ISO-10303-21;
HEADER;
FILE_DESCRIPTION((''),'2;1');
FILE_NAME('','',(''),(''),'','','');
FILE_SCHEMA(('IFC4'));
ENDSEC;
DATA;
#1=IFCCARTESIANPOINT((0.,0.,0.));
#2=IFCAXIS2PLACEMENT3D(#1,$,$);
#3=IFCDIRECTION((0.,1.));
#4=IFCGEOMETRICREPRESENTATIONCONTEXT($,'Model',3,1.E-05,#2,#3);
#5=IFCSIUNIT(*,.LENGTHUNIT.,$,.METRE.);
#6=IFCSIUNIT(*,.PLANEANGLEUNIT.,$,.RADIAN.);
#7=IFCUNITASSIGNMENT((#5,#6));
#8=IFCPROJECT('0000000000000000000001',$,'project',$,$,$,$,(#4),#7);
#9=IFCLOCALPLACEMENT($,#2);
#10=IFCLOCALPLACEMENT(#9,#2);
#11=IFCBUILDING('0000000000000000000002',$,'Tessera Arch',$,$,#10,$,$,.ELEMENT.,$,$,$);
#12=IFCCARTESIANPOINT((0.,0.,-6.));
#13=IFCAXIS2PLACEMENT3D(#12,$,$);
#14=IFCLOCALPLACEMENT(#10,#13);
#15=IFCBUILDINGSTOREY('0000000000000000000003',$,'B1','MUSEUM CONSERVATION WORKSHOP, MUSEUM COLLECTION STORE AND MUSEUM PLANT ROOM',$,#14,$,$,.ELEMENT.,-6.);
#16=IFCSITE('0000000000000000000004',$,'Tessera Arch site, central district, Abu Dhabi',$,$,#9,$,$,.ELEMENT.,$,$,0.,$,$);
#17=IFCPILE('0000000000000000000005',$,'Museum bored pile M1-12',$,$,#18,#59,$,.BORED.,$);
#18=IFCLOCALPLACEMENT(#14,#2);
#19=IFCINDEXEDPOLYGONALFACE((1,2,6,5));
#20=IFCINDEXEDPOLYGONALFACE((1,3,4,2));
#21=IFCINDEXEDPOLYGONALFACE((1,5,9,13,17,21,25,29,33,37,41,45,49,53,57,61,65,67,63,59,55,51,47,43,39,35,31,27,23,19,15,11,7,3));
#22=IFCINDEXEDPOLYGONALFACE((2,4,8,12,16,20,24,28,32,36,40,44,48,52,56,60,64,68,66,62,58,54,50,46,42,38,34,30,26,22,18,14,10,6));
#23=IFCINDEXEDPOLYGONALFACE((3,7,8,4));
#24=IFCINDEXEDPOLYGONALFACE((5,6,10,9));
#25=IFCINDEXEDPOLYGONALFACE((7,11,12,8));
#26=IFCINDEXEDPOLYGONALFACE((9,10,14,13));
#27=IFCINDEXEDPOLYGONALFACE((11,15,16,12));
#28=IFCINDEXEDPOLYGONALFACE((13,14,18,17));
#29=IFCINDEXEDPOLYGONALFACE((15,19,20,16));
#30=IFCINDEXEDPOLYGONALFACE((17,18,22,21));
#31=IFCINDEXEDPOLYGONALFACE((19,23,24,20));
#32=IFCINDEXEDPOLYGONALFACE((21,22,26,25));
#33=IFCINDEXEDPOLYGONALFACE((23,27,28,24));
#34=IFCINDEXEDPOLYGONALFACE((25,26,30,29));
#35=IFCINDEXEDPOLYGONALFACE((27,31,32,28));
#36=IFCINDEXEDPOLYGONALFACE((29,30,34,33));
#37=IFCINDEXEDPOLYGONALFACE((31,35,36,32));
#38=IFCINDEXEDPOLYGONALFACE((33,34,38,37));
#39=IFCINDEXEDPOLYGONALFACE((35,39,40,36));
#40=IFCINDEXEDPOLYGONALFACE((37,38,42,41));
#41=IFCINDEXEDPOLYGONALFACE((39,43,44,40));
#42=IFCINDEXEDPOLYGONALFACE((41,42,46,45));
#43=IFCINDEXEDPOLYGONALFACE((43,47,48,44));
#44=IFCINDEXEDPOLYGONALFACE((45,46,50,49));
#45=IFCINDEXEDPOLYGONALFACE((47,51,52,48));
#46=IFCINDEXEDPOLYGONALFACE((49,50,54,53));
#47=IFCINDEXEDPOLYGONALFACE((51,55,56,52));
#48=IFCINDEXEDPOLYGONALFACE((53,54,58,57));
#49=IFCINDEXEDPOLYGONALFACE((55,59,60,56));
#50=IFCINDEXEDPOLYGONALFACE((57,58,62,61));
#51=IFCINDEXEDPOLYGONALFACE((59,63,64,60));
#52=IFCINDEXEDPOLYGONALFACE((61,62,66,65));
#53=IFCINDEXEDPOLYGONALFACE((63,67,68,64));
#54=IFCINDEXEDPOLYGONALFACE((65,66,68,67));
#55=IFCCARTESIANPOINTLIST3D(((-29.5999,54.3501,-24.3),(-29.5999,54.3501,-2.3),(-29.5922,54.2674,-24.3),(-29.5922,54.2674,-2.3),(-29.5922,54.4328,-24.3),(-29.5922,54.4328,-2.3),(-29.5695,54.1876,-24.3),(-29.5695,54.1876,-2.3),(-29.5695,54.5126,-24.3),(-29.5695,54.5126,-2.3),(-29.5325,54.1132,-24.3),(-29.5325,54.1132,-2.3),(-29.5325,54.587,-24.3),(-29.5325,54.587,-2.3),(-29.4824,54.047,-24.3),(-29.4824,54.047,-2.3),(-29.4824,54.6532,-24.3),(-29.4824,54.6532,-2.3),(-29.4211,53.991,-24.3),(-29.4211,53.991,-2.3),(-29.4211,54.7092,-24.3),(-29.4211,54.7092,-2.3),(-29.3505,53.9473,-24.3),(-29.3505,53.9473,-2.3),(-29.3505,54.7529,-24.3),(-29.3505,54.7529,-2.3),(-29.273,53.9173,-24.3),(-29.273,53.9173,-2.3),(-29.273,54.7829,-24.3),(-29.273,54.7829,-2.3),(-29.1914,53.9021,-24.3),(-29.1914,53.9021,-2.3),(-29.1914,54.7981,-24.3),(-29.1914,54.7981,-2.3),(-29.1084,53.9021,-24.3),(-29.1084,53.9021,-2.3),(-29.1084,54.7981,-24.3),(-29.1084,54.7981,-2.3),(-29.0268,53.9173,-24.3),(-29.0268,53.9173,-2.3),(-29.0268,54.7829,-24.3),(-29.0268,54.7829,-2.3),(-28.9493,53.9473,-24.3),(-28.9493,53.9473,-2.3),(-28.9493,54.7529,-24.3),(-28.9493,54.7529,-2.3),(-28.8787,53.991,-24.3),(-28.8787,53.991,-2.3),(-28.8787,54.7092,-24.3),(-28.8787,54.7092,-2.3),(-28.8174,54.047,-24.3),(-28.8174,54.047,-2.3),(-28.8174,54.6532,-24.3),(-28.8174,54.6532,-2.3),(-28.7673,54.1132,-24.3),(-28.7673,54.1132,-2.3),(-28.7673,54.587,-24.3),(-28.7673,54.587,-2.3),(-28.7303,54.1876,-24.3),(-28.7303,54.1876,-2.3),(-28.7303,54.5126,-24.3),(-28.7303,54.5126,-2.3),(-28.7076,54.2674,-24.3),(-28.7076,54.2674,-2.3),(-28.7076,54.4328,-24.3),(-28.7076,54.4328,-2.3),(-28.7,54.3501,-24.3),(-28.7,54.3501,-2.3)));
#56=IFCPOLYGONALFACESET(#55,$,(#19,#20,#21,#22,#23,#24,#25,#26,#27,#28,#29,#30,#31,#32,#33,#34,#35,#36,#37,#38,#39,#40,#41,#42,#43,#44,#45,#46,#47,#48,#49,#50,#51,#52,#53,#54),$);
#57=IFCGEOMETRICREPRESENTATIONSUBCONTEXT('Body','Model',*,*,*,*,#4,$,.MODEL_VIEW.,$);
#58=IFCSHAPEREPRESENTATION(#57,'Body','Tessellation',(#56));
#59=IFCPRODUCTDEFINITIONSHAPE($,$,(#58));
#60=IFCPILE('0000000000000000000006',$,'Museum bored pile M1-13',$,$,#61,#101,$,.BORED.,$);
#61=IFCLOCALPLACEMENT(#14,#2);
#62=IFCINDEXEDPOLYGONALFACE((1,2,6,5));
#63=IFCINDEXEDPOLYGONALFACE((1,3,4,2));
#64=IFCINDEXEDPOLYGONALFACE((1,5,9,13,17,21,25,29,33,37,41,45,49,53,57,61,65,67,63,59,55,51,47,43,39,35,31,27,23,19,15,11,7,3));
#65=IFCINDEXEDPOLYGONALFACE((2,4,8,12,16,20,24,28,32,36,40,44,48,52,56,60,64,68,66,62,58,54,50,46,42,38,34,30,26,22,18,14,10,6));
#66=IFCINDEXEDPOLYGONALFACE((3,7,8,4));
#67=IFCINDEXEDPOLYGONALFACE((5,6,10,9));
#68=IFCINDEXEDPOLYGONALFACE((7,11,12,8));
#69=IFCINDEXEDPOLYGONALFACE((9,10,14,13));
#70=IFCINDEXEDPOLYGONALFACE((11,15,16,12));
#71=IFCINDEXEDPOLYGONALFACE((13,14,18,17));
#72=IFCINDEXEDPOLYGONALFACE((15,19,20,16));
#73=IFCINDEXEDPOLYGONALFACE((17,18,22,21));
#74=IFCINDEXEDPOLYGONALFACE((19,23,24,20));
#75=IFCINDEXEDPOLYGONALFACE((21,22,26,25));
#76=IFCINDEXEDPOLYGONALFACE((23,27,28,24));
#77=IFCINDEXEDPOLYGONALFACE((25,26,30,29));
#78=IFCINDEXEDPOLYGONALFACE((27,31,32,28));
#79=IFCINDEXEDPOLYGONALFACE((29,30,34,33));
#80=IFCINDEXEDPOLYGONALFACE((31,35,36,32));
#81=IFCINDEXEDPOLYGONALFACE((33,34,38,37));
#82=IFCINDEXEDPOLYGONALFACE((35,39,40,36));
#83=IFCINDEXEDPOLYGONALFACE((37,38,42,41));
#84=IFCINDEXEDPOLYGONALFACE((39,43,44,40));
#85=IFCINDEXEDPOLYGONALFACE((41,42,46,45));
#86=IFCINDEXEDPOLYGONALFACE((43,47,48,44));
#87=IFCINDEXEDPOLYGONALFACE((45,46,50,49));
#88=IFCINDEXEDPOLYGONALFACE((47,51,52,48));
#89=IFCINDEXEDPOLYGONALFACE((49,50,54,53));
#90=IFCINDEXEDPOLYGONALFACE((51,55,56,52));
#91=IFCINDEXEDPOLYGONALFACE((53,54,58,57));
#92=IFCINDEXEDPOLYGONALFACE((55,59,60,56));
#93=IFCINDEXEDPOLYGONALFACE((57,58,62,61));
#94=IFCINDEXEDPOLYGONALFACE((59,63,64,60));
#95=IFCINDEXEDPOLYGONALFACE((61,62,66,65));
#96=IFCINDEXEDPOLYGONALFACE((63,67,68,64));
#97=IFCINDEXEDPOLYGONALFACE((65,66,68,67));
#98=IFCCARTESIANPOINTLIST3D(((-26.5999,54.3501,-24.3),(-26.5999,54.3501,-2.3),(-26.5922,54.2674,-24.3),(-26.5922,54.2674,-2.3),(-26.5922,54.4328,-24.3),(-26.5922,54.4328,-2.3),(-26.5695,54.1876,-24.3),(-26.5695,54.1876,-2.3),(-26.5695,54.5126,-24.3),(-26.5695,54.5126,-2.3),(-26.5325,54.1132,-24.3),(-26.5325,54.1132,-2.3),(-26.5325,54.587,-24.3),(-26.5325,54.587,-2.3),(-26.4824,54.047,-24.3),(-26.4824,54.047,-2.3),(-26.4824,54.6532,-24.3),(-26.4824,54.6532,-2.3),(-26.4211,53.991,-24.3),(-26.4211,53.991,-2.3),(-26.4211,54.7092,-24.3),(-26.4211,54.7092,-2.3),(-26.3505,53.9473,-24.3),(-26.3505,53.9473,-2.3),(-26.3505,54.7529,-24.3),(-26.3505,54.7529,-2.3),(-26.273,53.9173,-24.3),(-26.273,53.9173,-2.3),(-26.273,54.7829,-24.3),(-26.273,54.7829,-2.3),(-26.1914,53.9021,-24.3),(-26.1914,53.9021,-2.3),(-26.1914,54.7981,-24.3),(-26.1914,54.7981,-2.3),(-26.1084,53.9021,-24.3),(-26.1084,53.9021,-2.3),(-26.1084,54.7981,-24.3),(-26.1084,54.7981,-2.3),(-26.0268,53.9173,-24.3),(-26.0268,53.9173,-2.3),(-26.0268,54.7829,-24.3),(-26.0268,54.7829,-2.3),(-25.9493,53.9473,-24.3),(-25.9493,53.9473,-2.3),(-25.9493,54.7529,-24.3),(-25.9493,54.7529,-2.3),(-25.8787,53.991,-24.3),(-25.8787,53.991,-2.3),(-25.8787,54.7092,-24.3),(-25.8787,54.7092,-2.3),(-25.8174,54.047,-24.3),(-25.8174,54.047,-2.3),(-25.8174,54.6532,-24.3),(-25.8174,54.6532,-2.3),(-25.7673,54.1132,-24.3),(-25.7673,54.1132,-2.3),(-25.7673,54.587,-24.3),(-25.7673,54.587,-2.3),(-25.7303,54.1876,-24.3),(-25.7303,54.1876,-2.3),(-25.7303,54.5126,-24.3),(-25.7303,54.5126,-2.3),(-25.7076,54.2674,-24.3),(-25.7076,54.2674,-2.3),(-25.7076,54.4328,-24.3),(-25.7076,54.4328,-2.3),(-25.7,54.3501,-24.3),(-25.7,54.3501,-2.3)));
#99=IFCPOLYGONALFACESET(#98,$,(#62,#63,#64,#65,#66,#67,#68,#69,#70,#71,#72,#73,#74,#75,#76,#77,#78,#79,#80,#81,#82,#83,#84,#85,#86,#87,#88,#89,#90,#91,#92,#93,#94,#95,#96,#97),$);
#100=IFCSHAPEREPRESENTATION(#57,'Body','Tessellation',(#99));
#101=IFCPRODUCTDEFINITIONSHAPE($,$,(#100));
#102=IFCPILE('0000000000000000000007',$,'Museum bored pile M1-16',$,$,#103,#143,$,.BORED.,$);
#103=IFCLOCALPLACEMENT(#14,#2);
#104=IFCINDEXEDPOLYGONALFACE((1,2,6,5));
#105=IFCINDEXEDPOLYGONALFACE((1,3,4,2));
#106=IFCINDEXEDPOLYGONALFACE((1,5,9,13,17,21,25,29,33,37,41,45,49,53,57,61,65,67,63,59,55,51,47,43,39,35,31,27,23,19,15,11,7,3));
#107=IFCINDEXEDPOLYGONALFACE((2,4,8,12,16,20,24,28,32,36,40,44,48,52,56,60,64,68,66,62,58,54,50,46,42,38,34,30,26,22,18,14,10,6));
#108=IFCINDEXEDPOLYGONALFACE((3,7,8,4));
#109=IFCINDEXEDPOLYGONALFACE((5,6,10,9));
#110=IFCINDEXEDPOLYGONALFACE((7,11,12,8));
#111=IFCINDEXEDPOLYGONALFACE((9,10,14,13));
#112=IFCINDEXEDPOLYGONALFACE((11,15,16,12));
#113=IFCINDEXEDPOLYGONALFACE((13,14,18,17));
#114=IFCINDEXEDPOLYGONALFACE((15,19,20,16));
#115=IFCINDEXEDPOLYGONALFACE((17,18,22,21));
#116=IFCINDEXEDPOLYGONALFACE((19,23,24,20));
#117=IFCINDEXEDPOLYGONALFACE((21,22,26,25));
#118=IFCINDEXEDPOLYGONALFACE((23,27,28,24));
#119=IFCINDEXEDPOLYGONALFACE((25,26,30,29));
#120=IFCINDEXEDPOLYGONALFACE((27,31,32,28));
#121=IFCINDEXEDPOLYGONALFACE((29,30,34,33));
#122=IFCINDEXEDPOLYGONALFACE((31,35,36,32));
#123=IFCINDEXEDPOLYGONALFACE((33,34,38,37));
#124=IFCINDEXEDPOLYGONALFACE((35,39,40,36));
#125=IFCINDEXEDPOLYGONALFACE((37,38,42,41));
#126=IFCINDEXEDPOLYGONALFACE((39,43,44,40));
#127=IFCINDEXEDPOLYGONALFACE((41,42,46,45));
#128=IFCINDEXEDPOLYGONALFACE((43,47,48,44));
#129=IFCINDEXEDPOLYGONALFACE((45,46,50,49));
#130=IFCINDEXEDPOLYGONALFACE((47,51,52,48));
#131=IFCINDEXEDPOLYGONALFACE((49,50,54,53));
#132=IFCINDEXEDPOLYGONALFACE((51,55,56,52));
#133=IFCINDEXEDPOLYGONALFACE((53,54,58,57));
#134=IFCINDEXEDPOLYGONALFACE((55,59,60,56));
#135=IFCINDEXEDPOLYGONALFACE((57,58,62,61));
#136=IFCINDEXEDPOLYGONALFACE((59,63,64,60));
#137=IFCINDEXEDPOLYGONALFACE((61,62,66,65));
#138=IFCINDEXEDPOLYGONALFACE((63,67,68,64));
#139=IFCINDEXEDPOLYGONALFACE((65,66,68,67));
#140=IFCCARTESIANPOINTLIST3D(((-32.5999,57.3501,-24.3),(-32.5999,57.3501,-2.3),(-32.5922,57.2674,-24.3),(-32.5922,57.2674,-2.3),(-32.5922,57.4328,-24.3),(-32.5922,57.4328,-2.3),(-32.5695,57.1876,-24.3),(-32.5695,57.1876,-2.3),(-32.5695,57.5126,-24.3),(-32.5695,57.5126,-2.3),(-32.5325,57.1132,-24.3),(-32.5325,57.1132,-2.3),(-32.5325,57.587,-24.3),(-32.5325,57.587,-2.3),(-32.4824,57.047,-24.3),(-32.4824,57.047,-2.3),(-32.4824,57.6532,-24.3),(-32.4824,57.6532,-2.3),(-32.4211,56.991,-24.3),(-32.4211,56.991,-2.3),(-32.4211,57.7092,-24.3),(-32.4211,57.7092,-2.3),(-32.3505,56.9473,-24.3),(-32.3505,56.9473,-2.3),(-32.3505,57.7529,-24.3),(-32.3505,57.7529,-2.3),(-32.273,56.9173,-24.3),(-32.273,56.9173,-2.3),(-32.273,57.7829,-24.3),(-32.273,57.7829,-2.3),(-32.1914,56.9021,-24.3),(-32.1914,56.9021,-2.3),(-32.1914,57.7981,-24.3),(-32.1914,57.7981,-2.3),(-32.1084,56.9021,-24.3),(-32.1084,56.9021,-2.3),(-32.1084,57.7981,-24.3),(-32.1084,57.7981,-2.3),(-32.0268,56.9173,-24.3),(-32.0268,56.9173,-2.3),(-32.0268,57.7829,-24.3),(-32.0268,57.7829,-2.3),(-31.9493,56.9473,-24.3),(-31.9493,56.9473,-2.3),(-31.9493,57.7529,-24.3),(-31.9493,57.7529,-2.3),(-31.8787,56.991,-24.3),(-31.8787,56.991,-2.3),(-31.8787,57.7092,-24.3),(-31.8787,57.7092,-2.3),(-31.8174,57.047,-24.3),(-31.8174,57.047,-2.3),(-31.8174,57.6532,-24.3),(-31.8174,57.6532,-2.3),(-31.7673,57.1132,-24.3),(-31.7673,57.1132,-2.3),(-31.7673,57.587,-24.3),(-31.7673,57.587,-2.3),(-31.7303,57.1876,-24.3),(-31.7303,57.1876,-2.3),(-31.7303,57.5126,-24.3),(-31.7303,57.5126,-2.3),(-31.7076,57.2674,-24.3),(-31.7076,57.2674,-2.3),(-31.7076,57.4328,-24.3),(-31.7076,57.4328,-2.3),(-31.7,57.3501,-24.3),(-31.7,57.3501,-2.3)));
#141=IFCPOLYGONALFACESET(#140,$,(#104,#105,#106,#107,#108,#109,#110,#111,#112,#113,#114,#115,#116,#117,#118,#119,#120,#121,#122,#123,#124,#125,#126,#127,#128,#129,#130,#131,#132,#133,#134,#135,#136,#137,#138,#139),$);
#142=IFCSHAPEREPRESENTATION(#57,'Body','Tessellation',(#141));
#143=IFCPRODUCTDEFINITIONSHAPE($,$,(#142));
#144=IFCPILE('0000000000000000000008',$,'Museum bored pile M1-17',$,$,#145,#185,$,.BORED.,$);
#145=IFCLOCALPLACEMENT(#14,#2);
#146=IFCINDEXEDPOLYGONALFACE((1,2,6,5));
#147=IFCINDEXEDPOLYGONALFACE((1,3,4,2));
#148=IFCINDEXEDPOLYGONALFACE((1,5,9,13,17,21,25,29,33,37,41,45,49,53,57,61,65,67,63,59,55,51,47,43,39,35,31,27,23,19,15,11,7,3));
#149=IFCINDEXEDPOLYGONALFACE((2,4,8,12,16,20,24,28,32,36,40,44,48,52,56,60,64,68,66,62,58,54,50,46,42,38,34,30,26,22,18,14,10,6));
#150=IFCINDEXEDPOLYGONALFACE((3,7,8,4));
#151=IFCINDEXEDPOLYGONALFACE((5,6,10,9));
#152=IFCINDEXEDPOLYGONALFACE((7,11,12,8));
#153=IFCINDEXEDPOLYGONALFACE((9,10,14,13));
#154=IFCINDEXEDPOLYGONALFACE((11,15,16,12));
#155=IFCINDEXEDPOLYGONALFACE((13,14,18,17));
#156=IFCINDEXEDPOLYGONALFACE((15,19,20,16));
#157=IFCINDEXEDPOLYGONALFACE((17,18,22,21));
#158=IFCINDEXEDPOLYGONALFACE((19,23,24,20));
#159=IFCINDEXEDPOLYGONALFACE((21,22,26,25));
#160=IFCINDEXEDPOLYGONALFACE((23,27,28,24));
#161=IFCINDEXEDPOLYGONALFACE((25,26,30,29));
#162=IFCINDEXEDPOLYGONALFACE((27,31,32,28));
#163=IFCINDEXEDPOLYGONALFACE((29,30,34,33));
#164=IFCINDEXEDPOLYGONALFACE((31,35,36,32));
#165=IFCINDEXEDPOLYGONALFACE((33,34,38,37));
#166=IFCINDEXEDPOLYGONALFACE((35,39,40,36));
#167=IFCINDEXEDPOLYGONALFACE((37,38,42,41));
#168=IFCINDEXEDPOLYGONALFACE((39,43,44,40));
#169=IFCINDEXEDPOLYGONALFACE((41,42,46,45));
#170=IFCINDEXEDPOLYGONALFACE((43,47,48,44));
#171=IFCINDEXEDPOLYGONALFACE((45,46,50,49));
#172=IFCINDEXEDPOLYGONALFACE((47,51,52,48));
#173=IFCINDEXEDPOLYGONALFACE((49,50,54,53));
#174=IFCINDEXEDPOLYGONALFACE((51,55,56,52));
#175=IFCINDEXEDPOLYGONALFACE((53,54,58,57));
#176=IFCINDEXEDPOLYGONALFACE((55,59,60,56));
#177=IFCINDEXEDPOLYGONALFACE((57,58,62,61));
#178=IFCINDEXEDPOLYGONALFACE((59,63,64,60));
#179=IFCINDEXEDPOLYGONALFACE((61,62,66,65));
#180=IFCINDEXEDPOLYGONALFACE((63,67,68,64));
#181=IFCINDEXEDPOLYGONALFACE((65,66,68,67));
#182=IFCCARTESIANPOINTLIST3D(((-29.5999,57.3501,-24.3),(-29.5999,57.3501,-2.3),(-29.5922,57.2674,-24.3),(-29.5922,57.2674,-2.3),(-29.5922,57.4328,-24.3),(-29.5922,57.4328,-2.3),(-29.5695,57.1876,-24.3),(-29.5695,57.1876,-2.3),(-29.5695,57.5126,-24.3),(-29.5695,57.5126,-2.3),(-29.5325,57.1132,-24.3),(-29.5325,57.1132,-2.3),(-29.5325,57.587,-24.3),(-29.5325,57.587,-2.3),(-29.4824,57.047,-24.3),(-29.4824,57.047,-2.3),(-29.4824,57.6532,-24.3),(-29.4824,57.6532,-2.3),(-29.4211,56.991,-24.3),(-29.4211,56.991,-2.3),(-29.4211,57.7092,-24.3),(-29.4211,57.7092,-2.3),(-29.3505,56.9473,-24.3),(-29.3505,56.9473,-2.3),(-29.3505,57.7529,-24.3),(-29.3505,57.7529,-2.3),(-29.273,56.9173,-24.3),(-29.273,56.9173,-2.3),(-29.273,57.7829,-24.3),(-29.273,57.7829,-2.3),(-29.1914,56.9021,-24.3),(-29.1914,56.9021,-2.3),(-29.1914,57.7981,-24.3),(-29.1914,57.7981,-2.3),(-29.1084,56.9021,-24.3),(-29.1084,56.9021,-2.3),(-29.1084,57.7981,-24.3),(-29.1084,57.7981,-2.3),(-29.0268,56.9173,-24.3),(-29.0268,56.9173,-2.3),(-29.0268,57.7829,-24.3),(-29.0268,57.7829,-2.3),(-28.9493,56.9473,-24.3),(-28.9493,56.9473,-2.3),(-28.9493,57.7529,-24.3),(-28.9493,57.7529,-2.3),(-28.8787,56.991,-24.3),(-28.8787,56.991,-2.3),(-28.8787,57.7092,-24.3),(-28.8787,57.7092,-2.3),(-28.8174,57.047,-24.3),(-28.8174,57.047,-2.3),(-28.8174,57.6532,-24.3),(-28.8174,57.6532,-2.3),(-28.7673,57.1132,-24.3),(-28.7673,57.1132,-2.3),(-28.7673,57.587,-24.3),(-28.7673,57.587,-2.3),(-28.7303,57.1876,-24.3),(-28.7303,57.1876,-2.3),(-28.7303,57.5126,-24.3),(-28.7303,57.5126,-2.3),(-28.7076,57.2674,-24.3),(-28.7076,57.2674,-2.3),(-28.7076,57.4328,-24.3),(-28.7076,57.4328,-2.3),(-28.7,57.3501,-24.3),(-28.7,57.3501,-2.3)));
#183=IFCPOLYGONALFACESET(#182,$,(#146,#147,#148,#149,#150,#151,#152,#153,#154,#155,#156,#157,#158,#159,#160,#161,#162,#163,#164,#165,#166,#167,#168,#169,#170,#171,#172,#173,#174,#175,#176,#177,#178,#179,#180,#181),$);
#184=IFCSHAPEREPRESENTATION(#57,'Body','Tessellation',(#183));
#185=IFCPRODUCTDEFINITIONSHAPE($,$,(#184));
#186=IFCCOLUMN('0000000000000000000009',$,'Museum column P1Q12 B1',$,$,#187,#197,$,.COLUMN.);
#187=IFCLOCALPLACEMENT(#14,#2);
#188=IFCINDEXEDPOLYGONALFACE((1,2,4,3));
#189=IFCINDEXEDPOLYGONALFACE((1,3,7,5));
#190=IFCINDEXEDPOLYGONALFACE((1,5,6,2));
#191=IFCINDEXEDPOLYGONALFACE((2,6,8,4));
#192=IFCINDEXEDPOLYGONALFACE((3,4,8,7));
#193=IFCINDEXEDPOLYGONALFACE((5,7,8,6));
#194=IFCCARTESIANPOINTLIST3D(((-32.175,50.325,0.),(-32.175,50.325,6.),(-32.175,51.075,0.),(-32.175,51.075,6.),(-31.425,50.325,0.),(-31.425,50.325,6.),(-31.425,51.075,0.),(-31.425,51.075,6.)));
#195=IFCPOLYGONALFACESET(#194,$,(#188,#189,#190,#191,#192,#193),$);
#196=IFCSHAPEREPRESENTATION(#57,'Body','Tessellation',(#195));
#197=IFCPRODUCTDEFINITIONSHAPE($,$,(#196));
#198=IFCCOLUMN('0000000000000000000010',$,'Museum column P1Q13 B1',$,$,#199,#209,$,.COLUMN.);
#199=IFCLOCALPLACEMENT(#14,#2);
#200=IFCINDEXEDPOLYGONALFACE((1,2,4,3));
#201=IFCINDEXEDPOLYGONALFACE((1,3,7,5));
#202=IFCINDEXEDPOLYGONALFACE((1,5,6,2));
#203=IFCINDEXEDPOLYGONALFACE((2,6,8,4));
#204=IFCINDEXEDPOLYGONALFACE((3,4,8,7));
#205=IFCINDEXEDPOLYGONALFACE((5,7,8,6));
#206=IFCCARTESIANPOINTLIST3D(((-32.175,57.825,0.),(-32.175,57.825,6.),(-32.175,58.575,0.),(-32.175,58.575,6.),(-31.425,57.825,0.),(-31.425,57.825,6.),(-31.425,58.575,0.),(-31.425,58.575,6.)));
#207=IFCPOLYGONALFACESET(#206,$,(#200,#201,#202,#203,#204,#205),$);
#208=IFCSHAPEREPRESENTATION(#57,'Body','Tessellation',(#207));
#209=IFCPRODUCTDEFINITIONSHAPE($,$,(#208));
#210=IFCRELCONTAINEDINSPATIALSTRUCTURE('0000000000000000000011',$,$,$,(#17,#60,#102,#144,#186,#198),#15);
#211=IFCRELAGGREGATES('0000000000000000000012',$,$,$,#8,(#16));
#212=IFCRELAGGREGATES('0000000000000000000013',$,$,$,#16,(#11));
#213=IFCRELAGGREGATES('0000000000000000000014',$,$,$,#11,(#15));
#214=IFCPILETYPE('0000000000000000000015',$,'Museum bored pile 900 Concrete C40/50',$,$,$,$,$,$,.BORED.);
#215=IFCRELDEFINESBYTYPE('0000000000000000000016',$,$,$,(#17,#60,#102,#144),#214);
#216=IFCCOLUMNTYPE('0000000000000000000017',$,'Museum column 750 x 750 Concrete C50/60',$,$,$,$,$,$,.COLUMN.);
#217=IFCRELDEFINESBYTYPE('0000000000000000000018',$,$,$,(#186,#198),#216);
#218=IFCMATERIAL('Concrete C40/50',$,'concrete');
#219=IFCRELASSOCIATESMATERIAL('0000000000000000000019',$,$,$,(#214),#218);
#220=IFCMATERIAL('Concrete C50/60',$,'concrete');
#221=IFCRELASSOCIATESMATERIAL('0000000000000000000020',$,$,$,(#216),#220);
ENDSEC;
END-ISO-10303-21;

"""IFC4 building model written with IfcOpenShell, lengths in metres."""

from ifc_helpers import new_model, si_unit, direction, frame, origin, origin_2d, place, context, subcontext, project, spatial, rectangle, circle, extrude, material, material_profile, profile_set, type_object, element, save


model = new_model("IFC4")

# Units and contexts
model_context = context("Model", 3, precision=1e-05, world=origin(), true_north=direction((0.0, 1.0)))
body_context = subcontext(model_context, "Body", "Model", "MODEL_VIEW")
ifc_project = project(units=[si_unit("LENGTHUNIT", "METRE"), si_unit("PLANEANGLEUNIT", "RADIAN")], contexts=[model_context])

# Site, building, storey
site_placement = place(None, origin())
site = spatial("IfcSite", under=ifc_project, at=site_placement, Name="Tessera Arch site, central district, Abu Dhabi", CompositionType="ELEMENT", RefElevation=0.0)
building_placement = place(site_placement, origin())
building = spatial("IfcBuilding", under=site, at=building_placement, Name="Tessera Arch", CompositionType="ELEMENT")
storey_placement = place(building_placement, frame((0.0, 0.0, -6.0)))
storey = spatial("IfcBuildingStorey", under=building, at=storey_placement, Name="B1", Description="MUSEUM CONSERVATION WORKSHOP, MUSEUM COLLECTION STORE AND MUSEUM PLANT ROOM", CompositionType="ELEMENT", Elevation=-6.0)

# Piles
ifc_material_1 = material(Name="Concrete C40/50", Category="concrete")
pile_type = type_object("IfcPileType", Name="Museum bored pile 900 Concrete C40/50", PredefinedType="BORED", material=ifc_material_1)
for number, where, z_axis, x_axis, name in (
    (1, (-29.1499, 54.3501, -2.3), (0.0, 0.0, -1.0), (1.0, 0.0, 0.0), "Museum bored pile M1-12"),
    (2, (-26.1499, 54.3501, -2.3), (0.0, 0.0, -1.0), (1.0, 0.0, 0.0), "Museum bored pile M1-13"),
    (3, (-32.1499, 57.3501, -2.3), (0.0, 0.0, -1.0), (1.0, 0.0, 0.0), "Museum bored pile M1-16"),
    (4, (-29.1499, 57.3501, -2.3), (0.0, 0.0, -1.0), (1.0, 0.0, 0.0), "Museum bored pile M1-17"),
):
    element("IfcPile", number, at=place(storey_placement, frame(where, z_axis=z_axis, x_axis=x_axis)), inside=storey, type_object=pile_type, Name=name, PredefinedType="BORED", context=body_context, shape_type="SweptSolid", body=[
        extrude(circle(Radius=0.45, at=origin_2d()), origin(), (0.0, 0.0, 1.0), 22.0),
    ])

# Columns
ifc_material_2 = material(Name="Concrete C50/60", Category="concrete")
ifc_material_profile_1 = material_profile(ifc_material_2, rectangle(XDim=0.75, YDim=0.75, at=origin_2d()), Name="Museum column 750 x 750 Concrete C50/60")
ifc_profile_set_1 = profile_set([ifc_material_profile_1], Name="Concrete C50/60")
column_type = type_object("IfcColumnType", Name="Museum column 750 x 750 Concrete C50/60", PredefinedType="COLUMN", material=ifc_profile_set_1)
for number, where, z_axis, x_axis, name in (
    (5, (-31.8, 50.7, 0.0), (0.0, 0.0, 1.0), (1.0, 0.0, 0.0), "Museum column P1Q12 B1"),
    (6, (-31.8, 58.2, 0.0), (0.0, 0.0, 1.0), (1.0, 0.0, 0.0), "Museum column P1Q13 B1"),
):
    element("IfcColumn", number, at=place(storey_placement, frame(where, z_axis=z_axis, x_axis=x_axis)), inside=storey, type_object=column_type, Name=name, PredefinedType="COLUMN", context=body_context, shape_type="SweptSolid", body=[
        extrude(rectangle(XDim=0.75, YDim=0.75, at=origin_2d()), origin(), (0.0, 0.0, 1.0), 6.0),
    ])

save(model, "model.ifc")
